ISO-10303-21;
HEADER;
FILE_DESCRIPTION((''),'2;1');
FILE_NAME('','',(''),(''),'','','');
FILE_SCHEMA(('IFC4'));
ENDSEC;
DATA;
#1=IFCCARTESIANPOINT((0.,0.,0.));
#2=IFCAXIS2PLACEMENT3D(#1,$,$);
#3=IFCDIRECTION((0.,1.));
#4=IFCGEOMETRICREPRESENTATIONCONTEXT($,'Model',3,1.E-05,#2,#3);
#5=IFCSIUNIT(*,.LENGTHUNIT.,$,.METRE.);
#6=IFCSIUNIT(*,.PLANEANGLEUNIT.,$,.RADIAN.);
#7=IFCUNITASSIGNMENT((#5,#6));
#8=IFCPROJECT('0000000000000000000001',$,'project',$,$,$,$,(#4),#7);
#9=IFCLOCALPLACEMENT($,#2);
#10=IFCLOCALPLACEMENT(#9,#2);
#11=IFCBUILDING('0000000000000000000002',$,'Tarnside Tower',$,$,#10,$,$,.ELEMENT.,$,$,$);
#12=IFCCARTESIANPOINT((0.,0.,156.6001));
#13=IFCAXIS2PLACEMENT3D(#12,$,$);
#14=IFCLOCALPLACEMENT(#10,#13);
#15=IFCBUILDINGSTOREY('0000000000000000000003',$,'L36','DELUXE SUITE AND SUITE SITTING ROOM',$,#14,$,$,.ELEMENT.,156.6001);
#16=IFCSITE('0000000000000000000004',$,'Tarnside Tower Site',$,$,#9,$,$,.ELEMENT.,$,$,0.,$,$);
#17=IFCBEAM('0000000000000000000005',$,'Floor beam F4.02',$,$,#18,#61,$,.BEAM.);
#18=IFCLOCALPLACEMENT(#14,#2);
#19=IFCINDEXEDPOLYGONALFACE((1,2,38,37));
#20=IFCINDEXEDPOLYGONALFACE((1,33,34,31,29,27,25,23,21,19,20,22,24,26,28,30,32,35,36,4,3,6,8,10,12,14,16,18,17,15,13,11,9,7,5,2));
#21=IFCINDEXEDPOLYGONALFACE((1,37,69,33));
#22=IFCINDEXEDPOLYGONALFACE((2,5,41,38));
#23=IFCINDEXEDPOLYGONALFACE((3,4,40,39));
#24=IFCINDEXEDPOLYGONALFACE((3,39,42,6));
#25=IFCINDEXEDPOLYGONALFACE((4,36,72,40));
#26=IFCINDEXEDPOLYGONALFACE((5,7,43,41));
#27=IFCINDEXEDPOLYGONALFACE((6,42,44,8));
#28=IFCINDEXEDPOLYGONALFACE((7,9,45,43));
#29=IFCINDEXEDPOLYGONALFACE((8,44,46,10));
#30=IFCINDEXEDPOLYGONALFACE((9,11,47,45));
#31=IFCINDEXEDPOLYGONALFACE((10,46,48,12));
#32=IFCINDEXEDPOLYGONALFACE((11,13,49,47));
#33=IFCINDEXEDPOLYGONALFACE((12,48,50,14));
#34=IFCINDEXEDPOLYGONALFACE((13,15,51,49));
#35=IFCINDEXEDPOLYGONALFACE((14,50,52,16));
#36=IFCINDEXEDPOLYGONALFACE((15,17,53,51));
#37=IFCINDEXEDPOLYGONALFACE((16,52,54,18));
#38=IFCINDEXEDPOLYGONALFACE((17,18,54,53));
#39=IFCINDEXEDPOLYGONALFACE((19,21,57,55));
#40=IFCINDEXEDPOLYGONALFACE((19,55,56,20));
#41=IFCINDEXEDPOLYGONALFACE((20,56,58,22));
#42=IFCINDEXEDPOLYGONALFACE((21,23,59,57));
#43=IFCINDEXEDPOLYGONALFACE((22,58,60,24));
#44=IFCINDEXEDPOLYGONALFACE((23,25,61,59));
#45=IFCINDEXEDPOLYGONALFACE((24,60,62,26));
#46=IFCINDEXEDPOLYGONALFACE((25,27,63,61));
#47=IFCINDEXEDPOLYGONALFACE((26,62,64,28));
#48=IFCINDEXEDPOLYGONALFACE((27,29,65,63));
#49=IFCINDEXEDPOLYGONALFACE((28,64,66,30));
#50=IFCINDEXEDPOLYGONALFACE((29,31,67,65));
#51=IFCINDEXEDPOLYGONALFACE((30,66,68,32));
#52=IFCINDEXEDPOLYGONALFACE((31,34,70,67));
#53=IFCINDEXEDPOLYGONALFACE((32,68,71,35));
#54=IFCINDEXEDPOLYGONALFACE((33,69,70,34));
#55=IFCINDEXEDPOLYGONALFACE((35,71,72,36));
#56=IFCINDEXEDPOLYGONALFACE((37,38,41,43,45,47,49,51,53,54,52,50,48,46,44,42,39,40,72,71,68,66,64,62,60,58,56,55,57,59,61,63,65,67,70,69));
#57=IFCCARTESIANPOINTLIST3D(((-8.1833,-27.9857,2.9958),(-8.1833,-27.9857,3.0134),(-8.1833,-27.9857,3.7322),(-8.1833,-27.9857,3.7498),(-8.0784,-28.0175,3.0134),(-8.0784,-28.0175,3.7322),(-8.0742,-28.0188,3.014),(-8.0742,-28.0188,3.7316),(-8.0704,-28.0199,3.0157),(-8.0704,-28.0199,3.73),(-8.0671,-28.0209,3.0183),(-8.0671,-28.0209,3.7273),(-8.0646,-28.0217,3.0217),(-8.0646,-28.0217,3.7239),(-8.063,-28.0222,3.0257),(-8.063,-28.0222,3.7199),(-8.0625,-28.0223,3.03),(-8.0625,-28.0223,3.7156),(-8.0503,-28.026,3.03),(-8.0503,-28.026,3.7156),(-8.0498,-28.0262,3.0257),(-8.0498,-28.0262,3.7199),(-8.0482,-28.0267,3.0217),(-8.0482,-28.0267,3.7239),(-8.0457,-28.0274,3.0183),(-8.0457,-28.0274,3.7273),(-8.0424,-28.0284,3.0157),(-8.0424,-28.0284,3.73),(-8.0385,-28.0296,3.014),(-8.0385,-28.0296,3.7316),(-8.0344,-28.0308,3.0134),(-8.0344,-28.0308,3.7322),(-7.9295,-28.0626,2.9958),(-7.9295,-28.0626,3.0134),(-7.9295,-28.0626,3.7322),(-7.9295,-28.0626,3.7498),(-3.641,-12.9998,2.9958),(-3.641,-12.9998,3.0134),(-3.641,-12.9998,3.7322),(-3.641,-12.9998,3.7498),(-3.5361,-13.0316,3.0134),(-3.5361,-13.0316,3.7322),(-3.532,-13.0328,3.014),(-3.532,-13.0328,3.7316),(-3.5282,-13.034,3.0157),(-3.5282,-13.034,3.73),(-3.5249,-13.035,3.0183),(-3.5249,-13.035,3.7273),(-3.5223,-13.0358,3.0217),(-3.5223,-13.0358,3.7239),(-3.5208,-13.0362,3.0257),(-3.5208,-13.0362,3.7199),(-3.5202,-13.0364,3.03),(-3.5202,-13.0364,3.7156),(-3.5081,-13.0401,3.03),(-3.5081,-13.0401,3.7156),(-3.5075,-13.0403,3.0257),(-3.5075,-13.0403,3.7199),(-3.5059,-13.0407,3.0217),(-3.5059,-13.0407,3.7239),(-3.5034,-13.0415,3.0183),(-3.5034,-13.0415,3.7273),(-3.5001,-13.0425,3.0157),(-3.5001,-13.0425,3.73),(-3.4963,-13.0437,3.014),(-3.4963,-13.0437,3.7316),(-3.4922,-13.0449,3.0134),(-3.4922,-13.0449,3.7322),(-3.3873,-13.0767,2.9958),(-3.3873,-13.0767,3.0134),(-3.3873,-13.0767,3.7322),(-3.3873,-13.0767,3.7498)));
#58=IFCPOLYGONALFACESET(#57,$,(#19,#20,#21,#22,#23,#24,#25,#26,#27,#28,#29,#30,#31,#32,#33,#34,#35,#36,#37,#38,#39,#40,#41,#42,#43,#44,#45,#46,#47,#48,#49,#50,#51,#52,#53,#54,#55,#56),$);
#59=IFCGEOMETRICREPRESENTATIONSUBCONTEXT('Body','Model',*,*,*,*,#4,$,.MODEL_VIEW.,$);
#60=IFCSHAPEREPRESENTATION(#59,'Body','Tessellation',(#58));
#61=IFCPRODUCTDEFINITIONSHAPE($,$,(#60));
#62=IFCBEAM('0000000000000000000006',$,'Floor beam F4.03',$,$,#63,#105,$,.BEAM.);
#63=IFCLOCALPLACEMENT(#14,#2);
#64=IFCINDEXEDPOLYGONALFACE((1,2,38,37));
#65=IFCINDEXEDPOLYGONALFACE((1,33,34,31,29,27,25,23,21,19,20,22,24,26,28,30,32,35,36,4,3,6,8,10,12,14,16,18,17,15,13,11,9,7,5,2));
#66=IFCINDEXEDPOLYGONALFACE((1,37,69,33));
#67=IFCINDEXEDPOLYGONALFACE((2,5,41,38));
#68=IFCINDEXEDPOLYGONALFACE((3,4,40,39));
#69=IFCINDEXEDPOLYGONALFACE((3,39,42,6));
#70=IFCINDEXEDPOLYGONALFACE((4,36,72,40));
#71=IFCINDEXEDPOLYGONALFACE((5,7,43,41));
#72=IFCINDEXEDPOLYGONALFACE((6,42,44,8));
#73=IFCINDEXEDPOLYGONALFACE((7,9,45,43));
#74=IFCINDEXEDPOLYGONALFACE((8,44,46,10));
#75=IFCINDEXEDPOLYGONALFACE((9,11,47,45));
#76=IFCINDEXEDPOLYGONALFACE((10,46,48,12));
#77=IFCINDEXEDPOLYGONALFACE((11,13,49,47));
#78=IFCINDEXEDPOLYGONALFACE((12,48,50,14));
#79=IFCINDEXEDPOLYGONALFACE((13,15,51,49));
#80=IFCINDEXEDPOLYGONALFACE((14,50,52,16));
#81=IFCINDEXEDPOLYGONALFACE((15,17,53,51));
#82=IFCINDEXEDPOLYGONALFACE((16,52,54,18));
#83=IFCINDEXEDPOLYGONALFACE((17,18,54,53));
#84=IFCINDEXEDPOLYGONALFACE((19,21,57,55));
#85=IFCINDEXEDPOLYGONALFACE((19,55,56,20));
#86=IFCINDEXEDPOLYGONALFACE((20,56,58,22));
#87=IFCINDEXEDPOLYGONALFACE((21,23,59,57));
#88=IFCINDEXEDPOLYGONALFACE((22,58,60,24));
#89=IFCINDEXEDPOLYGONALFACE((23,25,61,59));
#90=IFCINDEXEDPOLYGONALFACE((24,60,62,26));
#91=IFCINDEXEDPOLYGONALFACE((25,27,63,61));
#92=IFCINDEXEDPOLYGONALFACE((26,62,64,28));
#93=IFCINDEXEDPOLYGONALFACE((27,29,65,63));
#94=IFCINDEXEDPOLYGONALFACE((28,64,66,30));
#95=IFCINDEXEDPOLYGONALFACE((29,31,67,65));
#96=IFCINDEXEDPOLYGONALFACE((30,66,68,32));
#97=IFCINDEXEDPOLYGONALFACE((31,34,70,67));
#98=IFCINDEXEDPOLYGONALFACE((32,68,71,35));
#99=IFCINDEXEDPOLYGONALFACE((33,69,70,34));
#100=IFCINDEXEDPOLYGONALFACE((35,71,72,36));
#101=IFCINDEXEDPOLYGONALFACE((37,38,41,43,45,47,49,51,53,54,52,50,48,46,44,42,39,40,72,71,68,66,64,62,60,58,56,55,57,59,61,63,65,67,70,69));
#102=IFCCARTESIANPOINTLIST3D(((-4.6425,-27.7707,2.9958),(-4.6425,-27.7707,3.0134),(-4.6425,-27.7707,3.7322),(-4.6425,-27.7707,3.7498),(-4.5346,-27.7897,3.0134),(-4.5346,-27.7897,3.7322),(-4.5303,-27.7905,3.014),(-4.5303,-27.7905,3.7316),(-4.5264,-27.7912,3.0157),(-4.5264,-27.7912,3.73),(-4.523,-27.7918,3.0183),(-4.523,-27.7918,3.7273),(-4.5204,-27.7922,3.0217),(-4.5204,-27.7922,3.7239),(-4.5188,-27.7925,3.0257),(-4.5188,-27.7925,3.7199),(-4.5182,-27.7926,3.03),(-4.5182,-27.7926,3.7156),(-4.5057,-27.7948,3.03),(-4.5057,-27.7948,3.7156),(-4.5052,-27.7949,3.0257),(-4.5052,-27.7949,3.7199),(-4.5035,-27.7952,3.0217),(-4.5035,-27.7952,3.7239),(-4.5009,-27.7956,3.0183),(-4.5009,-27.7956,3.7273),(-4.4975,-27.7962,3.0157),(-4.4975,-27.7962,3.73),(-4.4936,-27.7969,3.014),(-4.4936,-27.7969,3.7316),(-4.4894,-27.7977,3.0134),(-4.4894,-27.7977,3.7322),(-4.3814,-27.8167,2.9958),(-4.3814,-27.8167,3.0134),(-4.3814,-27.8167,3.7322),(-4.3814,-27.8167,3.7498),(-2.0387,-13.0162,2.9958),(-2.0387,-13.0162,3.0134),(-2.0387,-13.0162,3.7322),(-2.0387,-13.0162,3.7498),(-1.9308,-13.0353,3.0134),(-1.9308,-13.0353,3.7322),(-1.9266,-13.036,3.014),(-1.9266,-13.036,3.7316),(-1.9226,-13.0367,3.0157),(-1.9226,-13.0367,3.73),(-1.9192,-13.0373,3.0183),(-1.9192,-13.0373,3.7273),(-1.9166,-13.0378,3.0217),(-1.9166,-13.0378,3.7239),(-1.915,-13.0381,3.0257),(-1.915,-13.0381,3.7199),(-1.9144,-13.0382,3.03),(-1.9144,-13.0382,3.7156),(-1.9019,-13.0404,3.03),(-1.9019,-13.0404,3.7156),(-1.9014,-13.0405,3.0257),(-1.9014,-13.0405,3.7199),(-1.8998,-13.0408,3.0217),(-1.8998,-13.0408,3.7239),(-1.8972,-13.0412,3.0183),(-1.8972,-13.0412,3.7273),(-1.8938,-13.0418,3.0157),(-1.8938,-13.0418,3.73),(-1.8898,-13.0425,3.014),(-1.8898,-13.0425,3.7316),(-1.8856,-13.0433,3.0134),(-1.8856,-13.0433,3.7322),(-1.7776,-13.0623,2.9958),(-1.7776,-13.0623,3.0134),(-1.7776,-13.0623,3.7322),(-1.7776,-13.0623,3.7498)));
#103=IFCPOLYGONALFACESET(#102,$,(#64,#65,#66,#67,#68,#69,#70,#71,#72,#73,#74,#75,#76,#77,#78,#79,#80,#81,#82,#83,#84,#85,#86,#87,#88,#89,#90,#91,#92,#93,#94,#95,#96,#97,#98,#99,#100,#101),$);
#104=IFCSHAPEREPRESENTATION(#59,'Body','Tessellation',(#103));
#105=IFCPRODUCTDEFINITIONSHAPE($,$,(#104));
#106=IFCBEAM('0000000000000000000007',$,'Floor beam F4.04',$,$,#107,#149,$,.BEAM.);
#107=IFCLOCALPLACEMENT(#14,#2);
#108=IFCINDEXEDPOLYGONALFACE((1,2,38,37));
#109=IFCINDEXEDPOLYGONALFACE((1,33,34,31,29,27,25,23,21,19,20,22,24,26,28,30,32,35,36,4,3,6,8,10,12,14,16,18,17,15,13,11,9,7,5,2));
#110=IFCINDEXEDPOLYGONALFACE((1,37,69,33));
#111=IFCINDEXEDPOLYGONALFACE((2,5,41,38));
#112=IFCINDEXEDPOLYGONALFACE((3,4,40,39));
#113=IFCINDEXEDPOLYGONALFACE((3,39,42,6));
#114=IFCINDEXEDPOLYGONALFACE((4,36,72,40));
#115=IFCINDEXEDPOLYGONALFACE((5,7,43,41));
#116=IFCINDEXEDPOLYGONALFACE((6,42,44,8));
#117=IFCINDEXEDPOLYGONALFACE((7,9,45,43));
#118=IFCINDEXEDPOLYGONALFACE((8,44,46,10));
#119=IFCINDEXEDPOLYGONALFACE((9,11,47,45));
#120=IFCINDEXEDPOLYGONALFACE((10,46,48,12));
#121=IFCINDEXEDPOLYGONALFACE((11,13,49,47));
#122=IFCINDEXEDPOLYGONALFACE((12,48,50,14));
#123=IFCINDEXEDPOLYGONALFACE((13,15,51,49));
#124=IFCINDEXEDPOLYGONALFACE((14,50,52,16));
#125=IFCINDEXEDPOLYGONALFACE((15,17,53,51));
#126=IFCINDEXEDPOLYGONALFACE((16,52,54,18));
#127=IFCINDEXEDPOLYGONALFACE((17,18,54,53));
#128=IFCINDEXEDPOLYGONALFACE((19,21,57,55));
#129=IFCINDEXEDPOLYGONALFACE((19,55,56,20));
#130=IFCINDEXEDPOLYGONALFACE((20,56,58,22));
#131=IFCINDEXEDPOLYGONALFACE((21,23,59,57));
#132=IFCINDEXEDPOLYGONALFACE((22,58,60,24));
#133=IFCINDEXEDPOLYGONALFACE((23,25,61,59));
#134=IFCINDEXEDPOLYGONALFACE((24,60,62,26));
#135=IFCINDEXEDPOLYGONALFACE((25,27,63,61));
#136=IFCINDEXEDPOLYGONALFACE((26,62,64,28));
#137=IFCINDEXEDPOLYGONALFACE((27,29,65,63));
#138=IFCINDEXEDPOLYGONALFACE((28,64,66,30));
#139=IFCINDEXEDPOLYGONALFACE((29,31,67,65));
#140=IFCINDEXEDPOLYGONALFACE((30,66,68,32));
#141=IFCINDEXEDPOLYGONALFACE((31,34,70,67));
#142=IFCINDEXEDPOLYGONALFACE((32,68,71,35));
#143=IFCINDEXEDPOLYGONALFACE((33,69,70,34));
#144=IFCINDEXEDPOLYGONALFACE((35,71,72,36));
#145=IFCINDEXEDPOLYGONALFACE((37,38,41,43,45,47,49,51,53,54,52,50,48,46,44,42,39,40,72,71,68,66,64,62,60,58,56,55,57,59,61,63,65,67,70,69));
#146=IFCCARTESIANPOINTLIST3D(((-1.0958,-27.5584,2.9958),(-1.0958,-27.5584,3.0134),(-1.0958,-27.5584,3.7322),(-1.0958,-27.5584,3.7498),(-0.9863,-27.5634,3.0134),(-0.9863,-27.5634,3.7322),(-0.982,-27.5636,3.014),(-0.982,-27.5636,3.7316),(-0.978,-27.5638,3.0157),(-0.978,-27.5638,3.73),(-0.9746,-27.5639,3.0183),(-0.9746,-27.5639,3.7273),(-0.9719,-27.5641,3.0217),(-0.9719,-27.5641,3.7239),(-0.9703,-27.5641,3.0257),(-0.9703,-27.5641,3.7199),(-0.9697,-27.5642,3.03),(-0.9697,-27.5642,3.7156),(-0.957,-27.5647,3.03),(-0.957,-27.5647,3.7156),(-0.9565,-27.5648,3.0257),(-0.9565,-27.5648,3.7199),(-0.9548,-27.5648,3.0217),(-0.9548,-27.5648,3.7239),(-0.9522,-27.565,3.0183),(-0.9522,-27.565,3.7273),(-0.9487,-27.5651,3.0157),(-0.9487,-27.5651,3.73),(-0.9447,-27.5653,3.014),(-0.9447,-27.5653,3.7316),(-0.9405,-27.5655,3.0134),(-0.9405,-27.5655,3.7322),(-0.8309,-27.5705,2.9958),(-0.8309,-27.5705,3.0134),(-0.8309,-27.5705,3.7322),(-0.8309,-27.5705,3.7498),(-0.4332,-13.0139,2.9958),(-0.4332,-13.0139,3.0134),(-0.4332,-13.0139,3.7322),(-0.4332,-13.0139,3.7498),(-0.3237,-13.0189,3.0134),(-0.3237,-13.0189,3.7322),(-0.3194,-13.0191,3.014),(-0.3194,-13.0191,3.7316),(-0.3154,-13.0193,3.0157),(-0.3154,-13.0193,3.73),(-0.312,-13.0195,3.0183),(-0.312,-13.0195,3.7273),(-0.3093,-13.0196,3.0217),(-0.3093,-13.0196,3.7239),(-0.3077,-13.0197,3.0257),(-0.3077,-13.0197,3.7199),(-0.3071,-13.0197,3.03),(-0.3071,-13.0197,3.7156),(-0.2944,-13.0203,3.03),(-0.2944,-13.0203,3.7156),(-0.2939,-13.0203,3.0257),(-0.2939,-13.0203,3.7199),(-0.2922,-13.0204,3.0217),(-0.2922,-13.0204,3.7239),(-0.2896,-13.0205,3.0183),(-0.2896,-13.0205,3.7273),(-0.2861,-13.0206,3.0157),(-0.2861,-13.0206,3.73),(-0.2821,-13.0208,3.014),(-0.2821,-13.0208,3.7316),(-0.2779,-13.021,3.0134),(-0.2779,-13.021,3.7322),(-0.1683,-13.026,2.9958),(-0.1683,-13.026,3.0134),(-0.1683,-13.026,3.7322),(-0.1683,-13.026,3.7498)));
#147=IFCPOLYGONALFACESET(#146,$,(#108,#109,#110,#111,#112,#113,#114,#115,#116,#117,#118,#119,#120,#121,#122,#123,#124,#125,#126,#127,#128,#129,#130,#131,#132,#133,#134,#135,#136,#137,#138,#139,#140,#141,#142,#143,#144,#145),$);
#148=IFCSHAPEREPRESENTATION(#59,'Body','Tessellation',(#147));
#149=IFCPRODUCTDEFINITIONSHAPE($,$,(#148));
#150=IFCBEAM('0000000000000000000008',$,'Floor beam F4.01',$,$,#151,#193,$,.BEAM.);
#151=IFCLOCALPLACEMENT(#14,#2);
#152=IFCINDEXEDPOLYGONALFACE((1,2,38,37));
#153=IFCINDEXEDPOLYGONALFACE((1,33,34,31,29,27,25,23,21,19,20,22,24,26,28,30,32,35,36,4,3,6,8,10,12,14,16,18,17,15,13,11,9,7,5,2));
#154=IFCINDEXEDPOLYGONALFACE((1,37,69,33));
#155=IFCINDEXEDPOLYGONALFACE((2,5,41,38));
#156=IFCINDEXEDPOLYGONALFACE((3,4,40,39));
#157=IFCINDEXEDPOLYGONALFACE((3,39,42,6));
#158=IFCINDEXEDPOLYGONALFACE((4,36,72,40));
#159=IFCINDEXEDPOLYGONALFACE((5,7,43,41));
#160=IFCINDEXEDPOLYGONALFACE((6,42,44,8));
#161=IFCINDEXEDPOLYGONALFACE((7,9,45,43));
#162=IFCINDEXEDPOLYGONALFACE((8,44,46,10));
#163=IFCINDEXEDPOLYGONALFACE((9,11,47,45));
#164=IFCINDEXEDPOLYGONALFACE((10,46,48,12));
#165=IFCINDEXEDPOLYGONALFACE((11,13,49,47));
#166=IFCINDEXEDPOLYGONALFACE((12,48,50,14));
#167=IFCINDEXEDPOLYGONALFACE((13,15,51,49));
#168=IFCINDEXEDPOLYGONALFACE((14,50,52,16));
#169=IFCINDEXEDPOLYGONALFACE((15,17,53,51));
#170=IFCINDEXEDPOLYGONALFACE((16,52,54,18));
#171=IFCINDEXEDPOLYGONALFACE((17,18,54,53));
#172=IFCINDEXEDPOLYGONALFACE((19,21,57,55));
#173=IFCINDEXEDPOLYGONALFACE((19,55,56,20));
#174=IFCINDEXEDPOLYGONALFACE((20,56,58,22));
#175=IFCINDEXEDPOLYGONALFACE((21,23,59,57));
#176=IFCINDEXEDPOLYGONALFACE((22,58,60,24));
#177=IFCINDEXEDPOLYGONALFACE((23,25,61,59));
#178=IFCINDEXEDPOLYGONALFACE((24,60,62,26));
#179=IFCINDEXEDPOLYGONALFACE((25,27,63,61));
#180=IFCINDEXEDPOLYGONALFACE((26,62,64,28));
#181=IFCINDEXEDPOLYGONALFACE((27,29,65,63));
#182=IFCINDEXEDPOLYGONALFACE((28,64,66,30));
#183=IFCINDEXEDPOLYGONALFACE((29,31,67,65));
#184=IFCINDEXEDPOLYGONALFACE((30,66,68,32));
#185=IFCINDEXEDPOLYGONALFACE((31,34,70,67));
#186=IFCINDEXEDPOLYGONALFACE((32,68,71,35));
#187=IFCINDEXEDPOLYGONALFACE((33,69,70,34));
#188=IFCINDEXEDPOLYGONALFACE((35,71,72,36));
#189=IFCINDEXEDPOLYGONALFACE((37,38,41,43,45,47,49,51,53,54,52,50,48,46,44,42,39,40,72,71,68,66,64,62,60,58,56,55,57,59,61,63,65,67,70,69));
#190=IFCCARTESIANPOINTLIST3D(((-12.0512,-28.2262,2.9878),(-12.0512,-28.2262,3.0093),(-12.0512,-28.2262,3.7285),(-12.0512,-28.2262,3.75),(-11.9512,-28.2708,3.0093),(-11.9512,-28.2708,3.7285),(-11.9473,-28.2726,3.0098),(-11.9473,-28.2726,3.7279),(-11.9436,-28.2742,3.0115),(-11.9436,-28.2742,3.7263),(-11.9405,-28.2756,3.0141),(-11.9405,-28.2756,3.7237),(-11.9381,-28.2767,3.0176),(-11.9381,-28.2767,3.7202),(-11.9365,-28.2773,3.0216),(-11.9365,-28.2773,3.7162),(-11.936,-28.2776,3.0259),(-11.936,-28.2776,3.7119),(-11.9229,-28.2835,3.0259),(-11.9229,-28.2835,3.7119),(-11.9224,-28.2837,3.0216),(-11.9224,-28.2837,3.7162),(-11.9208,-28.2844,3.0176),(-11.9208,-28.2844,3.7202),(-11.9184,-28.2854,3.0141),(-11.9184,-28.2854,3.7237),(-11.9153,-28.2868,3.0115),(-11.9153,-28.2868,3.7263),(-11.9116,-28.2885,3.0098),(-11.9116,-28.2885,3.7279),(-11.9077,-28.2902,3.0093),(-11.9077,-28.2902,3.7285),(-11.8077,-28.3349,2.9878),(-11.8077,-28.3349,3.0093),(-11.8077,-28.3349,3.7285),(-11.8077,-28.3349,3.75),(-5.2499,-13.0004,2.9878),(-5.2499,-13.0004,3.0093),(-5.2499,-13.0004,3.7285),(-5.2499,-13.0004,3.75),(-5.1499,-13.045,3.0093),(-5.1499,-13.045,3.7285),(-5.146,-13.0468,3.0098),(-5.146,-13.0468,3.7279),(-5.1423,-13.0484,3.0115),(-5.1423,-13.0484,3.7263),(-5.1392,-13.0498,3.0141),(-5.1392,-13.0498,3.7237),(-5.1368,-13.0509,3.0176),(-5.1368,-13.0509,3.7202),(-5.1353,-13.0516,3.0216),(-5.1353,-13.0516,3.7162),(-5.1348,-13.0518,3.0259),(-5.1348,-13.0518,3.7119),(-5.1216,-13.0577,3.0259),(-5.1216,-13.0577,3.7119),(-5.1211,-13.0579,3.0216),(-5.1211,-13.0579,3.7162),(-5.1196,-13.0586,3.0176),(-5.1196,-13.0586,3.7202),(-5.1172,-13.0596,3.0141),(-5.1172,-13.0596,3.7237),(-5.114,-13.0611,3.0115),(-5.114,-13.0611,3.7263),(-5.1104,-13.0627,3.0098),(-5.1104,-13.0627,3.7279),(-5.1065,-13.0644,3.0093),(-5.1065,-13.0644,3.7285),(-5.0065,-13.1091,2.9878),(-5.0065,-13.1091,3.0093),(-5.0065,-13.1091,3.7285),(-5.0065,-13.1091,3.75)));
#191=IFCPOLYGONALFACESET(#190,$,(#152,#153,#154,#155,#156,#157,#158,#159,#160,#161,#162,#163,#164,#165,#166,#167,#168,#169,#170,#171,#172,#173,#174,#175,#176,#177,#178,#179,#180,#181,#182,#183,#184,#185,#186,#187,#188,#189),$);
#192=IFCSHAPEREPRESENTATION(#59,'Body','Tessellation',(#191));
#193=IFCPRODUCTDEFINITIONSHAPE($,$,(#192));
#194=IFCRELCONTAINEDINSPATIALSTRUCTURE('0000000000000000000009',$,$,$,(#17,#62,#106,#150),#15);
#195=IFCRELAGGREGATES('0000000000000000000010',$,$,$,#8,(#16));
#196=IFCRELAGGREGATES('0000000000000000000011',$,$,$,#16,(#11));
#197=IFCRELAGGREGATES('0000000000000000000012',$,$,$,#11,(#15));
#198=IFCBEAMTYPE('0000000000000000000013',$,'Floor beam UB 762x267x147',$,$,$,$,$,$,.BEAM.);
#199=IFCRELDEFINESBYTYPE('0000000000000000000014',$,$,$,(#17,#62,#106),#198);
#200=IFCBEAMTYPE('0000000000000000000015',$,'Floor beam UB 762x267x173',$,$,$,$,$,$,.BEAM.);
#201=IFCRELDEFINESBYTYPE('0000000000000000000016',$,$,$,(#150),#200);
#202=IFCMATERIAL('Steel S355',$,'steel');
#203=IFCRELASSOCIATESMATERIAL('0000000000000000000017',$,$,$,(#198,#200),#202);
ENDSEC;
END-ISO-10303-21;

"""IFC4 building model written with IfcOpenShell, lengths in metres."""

from ifc_helpers import new_model, si_unit, direction, frame, origin, origin_2d, place, context, subcontext, project, spatial, i_section, extrude, material, material_profile, profile_set, type_object, element, save


model = new_model("IFC4")

# Units and contexts
model_context = context("Model", 3, precision=1e-05, world=origin(), true_north=direction((0.0, 1.0)))
body_context = subcontext(model_context, "Body", "Model", "MODEL_VIEW")
ifc_project = project(units=[si_unit("LENGTHUNIT", "METRE"), si_unit("PLANEANGLEUNIT", "RADIAN")], contexts=[model_context])

# Site, building, storey
site_placement = place(None, origin())
site = spatial("IfcSite", under=ifc_project, at=site_placement, Name="Tarnside Tower Site", CompositionType="ELEMENT", RefElevation=0.0)
building_placement = place(site_placement, origin())
building = spatial("IfcBuilding", under=site, at=building_placement, Name="Tarnside Tower", CompositionType="ELEMENT")
storey_placement = place(building_placement, frame((0.0, 0.0, 156.6001)))
storey = spatial("IfcBuildingStorey", under=building, at=storey_placement, Name="L36", Description="DELUXE SUITE AND SUITE SITTING ROOM", CompositionType="ELEMENT", Elevation=156.6001)

# Beams
ifc_material_1 = material(Name="Steel S355", Category="steel")
ifc_material_profile_1 = material_profile(ifc_material_1, i_section(OverallWidth=0.2651, OverallDepth=0.7539, WebThickness=0.0127, FlangeThickness=0.0176, FilletRadius=0.0166, at=origin_2d()), Name="UB 762x267x147")
ifc_profile_set_1 = profile_set([ifc_material_profile_1], Name="Steel S355")
beam_type_1 = type_object("IfcBeamType", Name="Floor beam UB 762x267x147", PredefinedType="BEAM", material=ifc_profile_set_1)
beam_1_placement = place(storey_placement, frame((-8.0564, -28.0242, 3.3728), z_axis=(0.29007, 0.957005, 0.0), x_axis=(-0.957005, 0.29007, 0.0)))
element("IfcBeam", 1, at=beam_1_placement, inside=storey, type_object=beam_type_1, Name="Floor beam F4.02", PredefinedType="BEAM", context=body_context, shape_type="SweptSolid", body=[
    extrude(i_section(OverallWidth=0.2651, OverallDepth=0.7539, WebThickness=0.0127, FlangeThickness=0.0176, FilletRadius=0.0166, at=origin_2d()), origin(), (0.0, 0.0, 1.0), 15.6592),
])
beam_2_placement = place(storey_placement, frame((-4.512, -27.7937, 3.3728), z_axis=(0.173788, 0.984783, 0.0), x_axis=(-0.984783, 0.173788, 0.0)))
element("IfcBeam", 2, at=beam_2_placement, inside=storey, type_object=beam_type_1, Name="Floor beam F4.03", PredefinedType="BEAM", context=body_context, shape_type="SweptSolid", body=[
    extrude(i_section(OverallWidth=0.2651, OverallDepth=0.7539, WebThickness=0.0127, FlangeThickness=0.0176, FilletRadius=0.0166, at=origin_2d()), origin(), (0.0, 0.0, 1.0), 14.9824),
])
beam_3_placement = place(storey_placement, frame((-0.9634, -27.5645, 3.3728), z_axis=(0.04551, 0.998964, 0.0), x_axis=(-0.998964, 0.04551, 0.0)))
element("IfcBeam", 3, at=beam_3_placement, inside=storey, type_object=beam_type_1, Name="Floor beam F4.04", PredefinedType="BEAM", context=body_context, shape_type="SweptSolid", body=[
    extrude(i_section(OverallWidth=0.2651, OverallDepth=0.7539, WebThickness=0.0127, FlangeThickness=0.0176, FilletRadius=0.0166, at=origin_2d()), origin(), (0.0, 0.0, 1.0), 14.5596),
])
ifc_material_profile_2 = material_profile(ifc_material_1, i_section(OverallWidth=0.2666, OverallDepth=0.7622, WebThickness=0.0144, FlangeThickness=0.0215, FilletRadius=0.0166, at=origin_2d()), Name="UB 762x267x173")
ifc_profile_set_2 = profile_set([ifc_material_profile_2], Name="Steel S355")
beam_type_2 = type_object("IfcBeamType", Name="Floor beam UB 762x267x173", PredefinedType="BEAM", material=ifc_profile_set_2)
beam_4_placement = place(storey_placement, frame((-11.9294, -28.2805, 3.3689), z_axis=(0.407852, 0.913048, 0.0), x_axis=(-0.913048, 0.407852, 0.0)))
element("IfcBeam", 4, at=beam_4_placement, inside=storey, type_object=beam_type_2, Name="Floor beam F4.01", PredefinedType="BEAM", context=body_context, shape_type="SweptSolid", body=[
    extrude(i_section(OverallWidth=0.2666, OverallDepth=0.7622, WebThickness=0.0144, FlangeThickness=0.0215, FilletRadius=0.0166, at=origin_2d()), origin(), (0.0, 0.0, 1.0), 16.6758),
])

save(model, "model.ifc")
